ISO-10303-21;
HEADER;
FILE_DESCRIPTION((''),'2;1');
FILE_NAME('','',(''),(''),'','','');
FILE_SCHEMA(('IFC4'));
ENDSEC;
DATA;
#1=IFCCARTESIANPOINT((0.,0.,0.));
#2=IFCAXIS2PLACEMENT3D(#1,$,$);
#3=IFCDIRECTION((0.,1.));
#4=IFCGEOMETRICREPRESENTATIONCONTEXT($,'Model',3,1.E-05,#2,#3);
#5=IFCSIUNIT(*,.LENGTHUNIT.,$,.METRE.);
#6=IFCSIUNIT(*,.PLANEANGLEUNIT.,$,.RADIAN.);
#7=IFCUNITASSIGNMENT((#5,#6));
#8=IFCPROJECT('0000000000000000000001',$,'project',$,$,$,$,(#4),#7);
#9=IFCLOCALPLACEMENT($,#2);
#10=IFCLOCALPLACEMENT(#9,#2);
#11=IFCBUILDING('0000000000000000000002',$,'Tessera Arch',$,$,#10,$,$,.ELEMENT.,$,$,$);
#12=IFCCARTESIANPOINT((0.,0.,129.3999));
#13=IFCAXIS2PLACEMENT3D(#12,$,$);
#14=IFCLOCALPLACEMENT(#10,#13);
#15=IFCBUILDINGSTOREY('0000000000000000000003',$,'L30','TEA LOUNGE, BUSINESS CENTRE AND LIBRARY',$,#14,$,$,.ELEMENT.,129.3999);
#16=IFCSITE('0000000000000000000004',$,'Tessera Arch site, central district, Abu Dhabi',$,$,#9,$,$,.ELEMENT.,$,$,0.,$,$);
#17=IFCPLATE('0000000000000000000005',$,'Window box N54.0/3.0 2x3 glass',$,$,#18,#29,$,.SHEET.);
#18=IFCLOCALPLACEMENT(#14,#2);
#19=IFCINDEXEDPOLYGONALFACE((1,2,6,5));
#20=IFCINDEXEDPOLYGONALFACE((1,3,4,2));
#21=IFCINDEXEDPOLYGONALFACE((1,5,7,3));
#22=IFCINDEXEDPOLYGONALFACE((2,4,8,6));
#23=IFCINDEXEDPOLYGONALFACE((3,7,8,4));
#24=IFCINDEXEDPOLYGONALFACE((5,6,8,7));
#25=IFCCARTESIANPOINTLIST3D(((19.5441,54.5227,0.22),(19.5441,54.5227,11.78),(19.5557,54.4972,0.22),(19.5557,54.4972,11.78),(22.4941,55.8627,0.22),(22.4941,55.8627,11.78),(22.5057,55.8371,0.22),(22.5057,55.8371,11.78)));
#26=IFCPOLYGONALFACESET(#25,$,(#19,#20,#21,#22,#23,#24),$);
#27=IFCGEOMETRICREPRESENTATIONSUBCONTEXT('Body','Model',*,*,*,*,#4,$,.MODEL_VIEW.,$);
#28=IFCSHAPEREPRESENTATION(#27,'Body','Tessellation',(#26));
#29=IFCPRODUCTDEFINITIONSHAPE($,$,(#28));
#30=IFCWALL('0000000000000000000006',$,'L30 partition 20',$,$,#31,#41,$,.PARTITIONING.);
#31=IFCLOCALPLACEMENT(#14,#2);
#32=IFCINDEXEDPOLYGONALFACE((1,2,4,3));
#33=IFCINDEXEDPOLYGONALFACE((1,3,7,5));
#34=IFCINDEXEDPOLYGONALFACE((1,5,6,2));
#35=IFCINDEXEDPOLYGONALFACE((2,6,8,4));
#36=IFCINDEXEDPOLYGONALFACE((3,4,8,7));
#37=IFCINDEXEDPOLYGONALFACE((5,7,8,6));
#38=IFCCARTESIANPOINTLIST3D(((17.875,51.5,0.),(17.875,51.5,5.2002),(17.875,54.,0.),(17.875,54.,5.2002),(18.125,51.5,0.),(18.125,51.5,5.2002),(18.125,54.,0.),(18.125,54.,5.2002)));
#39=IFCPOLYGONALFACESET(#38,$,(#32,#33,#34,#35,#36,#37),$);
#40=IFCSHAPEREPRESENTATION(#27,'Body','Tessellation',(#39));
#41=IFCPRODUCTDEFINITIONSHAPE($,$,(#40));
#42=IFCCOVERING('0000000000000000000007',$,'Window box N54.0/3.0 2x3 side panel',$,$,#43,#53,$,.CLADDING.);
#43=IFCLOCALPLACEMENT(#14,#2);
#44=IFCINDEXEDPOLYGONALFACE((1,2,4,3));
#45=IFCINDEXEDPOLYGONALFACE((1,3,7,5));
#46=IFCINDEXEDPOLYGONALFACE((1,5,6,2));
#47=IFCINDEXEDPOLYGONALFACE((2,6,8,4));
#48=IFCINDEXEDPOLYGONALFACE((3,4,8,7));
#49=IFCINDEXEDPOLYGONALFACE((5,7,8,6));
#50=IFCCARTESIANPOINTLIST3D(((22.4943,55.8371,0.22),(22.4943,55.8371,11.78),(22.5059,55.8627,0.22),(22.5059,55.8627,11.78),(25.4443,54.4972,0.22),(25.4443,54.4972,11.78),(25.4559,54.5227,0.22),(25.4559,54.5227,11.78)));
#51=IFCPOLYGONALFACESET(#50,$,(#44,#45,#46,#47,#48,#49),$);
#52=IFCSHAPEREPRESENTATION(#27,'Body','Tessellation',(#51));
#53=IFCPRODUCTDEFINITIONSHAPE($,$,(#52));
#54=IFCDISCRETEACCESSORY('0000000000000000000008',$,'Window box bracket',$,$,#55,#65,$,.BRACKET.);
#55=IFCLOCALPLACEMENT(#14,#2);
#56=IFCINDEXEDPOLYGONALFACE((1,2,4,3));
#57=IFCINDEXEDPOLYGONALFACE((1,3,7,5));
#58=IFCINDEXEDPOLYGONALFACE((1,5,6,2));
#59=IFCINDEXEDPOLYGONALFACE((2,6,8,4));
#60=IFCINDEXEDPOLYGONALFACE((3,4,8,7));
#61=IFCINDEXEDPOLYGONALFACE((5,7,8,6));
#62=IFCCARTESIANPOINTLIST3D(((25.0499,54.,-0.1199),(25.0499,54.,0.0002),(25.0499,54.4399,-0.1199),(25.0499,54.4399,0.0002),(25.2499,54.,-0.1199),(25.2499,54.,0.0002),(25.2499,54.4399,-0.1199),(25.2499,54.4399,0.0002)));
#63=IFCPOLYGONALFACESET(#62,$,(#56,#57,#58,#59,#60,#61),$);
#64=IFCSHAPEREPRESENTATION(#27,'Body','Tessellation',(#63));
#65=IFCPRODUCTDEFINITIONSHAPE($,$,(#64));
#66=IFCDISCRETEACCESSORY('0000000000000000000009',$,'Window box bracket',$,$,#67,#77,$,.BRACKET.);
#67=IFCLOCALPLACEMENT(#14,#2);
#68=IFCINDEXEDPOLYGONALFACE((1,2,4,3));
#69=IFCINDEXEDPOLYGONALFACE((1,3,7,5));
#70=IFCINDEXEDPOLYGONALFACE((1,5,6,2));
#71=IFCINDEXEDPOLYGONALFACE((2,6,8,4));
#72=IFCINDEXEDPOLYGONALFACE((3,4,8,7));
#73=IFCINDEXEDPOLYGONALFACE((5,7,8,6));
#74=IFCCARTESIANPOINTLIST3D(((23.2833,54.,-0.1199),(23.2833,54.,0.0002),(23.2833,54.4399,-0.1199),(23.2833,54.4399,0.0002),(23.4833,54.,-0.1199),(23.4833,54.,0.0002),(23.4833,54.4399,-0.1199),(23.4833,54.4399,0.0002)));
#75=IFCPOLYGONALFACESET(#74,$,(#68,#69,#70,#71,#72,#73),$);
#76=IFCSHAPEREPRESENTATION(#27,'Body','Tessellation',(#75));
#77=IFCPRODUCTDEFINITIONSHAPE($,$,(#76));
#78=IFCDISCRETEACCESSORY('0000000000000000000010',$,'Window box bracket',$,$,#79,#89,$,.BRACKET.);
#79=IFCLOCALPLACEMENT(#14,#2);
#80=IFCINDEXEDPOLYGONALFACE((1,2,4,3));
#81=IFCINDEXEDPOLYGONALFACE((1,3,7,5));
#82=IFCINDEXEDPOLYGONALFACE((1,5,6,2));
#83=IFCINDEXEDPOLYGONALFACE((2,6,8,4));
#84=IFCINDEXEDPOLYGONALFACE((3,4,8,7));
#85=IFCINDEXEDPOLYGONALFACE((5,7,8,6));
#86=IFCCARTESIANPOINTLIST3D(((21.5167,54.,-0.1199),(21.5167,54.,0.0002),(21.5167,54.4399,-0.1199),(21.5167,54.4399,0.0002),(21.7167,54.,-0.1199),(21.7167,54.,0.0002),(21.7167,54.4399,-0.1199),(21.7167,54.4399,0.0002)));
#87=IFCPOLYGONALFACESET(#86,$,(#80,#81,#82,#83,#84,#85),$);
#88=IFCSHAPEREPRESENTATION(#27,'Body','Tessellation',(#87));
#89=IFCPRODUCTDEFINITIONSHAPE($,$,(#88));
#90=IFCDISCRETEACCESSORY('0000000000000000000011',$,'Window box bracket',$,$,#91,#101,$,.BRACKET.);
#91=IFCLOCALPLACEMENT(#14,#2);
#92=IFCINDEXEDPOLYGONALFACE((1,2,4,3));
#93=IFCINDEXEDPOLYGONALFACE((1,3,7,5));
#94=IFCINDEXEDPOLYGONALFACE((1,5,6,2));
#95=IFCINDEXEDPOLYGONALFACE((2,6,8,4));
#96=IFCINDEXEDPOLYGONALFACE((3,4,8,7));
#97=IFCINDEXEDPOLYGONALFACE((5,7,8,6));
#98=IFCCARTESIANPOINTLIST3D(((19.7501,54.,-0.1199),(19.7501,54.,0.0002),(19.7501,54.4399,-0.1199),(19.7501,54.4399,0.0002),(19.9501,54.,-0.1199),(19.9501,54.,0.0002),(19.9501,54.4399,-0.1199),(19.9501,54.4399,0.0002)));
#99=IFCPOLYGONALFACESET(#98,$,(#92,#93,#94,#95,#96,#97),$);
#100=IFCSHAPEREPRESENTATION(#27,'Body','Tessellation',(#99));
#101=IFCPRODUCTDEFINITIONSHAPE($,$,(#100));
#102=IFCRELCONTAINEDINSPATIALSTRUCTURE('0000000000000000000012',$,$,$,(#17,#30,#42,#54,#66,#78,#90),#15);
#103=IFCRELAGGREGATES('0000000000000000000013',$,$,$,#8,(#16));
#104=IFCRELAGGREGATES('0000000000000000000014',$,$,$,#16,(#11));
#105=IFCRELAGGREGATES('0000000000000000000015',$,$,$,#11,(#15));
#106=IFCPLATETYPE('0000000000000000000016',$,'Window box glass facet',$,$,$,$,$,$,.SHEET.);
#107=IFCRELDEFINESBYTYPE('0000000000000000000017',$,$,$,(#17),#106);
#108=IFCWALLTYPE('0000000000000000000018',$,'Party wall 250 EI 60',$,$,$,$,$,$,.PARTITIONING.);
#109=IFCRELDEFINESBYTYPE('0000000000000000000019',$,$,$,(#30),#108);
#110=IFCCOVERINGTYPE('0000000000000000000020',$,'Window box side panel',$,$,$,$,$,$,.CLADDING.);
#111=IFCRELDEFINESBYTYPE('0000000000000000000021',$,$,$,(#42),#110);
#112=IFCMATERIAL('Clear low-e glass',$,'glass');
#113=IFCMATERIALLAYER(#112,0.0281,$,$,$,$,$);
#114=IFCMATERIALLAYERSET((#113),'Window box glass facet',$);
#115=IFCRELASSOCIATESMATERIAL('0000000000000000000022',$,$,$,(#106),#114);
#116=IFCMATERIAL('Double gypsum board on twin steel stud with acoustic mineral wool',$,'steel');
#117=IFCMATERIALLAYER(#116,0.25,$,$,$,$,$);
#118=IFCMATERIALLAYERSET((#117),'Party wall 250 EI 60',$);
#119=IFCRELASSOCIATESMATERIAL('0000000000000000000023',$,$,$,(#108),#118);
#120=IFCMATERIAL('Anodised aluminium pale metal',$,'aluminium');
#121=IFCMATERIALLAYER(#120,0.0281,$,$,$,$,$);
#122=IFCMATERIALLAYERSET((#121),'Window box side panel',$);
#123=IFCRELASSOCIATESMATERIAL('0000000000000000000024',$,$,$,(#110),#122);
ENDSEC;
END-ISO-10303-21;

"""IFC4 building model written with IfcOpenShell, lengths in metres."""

from ifc_helpers import new_model, si_unit, direction, frame, frame_2d, origin, origin_2d, place, context, subcontext, project, spatial, rectangle, extrude, material, layer, layer_set, type_object, element, save


model = new_model("IFC4")

# Units and contexts
model_context = context("Model", 3, precision=1e-05, world=origin(), true_north=direction((0.0, 1.0)))
body_context = subcontext(model_context, "Body", "Model", "MODEL_VIEW")
ifc_project = project(units=[si_unit("LENGTHUNIT", "METRE"), si_unit("PLANEANGLEUNIT", "RADIAN")], contexts=[model_context])

# Site, building, storey
site_placement = place(None, origin())
site = spatial("IfcSite", under=ifc_project, at=site_placement, Name="Tessera Arch site, central district, Abu Dhabi", CompositionType="ELEMENT", RefElevation=0.0)
building_placement = place(site_placement, origin())
building = spatial("IfcBuilding", under=site, at=building_placement, Name="Tessera Arch", CompositionType="ELEMENT")
storey_placement = place(building_placement, frame((0.0, 0.0, 129.3999)))
storey = spatial("IfcBuildingStorey", under=building, at=storey_placement, Name="L30", Description="TEA LOUNGE, BUSINESS CENTRE AND LIBRARY", CompositionType="ELEMENT", Elevation=129.3999)

# Plate
ifc_material_1 = material(Name="Clear low-e glass", Category="glass")
ifc_layer_1 = layer(ifc_material_1, 0.0281)
ifc_layer_set_1 = layer_set([ifc_layer_1], Name="Window box glass facet")
plate_type_1 = type_object("IfcPlateType", Name="Window box glass facet", PredefinedType="SHEET", material=ifc_layer_set_1)
plate_1_placement = place(storey_placement, frame((21.0249, 55.1799, 0.22), z_axis=(0.0, 0.0, 1.0), x_axis=(0.910472, 0.41357, 0.0)))
element("IfcPlate", 1, at=plate_1_placement, inside=storey, type_object=plate_type_1, Name="Window box N54.0/3.0 2x3 glass", PredefinedType="SHEET", context=body_context, shape_type="SweptSolid", body=[
    extrude(rectangle(XDim=3.24, YDim=0.0281, at=origin_2d()), origin(), (0.0, 0.0, 1.0), 11.5601),
])

# Wall
ifc_material_2 = material(Name="Double gypsum board on twin steel stud with acoustic mineral wool", Category="steel")
ifc_layer_2 = layer(ifc_material_2, 0.25)
ifc_layer_set_2 = layer_set([ifc_layer_2], Name="Party wall 250 EI 60")
wall_type = type_object("IfcWallType", Name="Party wall 250 EI 60", PredefinedType="PARTITIONING", material=ifc_layer_set_2)
wall_placement = place(storey_placement, frame((18.0, 51.5, 0.0), z_axis=(0.0, 0.0, 1.0), x_axis=(0.0, 1.0, 0.0)))
element("IfcWall", 2, at=wall_placement, inside=storey, type_object=wall_type, Name="L30 partition 20", PredefinedType="PARTITIONING", context=body_context, shape_type="SweptSolid", body=[
    extrude(rectangle(XDim=2.5, YDim=0.25, at=frame_2d((1.25, 0.0))), origin(), (0.0, 0.0, 1.0), 5.2002),
])

# Covering
ifc_material_3 = material(Name="Anodised aluminium pale metal", Category="aluminium")
ifc_layer_3 = layer(ifc_material_3, 0.0281)
ifc_layer_set_3 = layer_set([ifc_layer_3], Name="Window box side panel")
covering_type = type_object("IfcCoveringType", Name="Window box side panel", PredefinedType="CLADDING", material=ifc_layer_set_3)
covering_placement = place(storey_placement, frame((23.9751, 55.1799, 0.22), z_axis=(0.0, 0.0, 1.0), x_axis=(-0.910472, 0.41357, 0.0)))
element("IfcCovering", 3, at=covering_placement, inside=storey, type_object=covering_type, Name="Window box N54.0/3.0 2x3 side panel", PredefinedType="CLADDING", context=body_context, shape_type="SweptSolid", body=[
    extrude(rectangle(XDim=3.24, YDim=0.0281, at=origin_2d()), origin(), (0.0, 0.0, 1.0), 11.5601),
])

# Discrete accessories
for number, where, z_axis, x_axis, name in (
    (4, (25.1499, 54.22, -0.1199), (0.0, 0.0, 1.0), (0.0, 1.0, 0.0), "Window box bracket"),
    (5, (23.3833, 54.22, -0.1199), (0.0, 0.0, 1.0), (0.0, 1.0, 0.0), "Window box bracket"),
    (6, (21.6167, 54.22, -0.1199), (0.0, 0.0, 1.0), (0.0, 1.0, 0.0), "Window box bracket"),
    (7, (19.8501, 54.22, -0.1199), (0.0, 0.0, 1.0), (0.0, 1.0, 0.0), "Window box bracket"),
):
    element("IfcDiscreteAccessory", number, at=place(storey_placement, frame(where, z_axis=z_axis, x_axis=x_axis)), inside=storey, Name=name, PredefinedType="BRACKET", context=body_context, shape_type="SweptSolid", body=[
        extrude(rectangle(XDim=0.4399, YDim=0.2, at=origin_2d()), origin(), (0.0, 0.0, 1.0), 0.1201),
    ])

save(model, "model.ifc")
